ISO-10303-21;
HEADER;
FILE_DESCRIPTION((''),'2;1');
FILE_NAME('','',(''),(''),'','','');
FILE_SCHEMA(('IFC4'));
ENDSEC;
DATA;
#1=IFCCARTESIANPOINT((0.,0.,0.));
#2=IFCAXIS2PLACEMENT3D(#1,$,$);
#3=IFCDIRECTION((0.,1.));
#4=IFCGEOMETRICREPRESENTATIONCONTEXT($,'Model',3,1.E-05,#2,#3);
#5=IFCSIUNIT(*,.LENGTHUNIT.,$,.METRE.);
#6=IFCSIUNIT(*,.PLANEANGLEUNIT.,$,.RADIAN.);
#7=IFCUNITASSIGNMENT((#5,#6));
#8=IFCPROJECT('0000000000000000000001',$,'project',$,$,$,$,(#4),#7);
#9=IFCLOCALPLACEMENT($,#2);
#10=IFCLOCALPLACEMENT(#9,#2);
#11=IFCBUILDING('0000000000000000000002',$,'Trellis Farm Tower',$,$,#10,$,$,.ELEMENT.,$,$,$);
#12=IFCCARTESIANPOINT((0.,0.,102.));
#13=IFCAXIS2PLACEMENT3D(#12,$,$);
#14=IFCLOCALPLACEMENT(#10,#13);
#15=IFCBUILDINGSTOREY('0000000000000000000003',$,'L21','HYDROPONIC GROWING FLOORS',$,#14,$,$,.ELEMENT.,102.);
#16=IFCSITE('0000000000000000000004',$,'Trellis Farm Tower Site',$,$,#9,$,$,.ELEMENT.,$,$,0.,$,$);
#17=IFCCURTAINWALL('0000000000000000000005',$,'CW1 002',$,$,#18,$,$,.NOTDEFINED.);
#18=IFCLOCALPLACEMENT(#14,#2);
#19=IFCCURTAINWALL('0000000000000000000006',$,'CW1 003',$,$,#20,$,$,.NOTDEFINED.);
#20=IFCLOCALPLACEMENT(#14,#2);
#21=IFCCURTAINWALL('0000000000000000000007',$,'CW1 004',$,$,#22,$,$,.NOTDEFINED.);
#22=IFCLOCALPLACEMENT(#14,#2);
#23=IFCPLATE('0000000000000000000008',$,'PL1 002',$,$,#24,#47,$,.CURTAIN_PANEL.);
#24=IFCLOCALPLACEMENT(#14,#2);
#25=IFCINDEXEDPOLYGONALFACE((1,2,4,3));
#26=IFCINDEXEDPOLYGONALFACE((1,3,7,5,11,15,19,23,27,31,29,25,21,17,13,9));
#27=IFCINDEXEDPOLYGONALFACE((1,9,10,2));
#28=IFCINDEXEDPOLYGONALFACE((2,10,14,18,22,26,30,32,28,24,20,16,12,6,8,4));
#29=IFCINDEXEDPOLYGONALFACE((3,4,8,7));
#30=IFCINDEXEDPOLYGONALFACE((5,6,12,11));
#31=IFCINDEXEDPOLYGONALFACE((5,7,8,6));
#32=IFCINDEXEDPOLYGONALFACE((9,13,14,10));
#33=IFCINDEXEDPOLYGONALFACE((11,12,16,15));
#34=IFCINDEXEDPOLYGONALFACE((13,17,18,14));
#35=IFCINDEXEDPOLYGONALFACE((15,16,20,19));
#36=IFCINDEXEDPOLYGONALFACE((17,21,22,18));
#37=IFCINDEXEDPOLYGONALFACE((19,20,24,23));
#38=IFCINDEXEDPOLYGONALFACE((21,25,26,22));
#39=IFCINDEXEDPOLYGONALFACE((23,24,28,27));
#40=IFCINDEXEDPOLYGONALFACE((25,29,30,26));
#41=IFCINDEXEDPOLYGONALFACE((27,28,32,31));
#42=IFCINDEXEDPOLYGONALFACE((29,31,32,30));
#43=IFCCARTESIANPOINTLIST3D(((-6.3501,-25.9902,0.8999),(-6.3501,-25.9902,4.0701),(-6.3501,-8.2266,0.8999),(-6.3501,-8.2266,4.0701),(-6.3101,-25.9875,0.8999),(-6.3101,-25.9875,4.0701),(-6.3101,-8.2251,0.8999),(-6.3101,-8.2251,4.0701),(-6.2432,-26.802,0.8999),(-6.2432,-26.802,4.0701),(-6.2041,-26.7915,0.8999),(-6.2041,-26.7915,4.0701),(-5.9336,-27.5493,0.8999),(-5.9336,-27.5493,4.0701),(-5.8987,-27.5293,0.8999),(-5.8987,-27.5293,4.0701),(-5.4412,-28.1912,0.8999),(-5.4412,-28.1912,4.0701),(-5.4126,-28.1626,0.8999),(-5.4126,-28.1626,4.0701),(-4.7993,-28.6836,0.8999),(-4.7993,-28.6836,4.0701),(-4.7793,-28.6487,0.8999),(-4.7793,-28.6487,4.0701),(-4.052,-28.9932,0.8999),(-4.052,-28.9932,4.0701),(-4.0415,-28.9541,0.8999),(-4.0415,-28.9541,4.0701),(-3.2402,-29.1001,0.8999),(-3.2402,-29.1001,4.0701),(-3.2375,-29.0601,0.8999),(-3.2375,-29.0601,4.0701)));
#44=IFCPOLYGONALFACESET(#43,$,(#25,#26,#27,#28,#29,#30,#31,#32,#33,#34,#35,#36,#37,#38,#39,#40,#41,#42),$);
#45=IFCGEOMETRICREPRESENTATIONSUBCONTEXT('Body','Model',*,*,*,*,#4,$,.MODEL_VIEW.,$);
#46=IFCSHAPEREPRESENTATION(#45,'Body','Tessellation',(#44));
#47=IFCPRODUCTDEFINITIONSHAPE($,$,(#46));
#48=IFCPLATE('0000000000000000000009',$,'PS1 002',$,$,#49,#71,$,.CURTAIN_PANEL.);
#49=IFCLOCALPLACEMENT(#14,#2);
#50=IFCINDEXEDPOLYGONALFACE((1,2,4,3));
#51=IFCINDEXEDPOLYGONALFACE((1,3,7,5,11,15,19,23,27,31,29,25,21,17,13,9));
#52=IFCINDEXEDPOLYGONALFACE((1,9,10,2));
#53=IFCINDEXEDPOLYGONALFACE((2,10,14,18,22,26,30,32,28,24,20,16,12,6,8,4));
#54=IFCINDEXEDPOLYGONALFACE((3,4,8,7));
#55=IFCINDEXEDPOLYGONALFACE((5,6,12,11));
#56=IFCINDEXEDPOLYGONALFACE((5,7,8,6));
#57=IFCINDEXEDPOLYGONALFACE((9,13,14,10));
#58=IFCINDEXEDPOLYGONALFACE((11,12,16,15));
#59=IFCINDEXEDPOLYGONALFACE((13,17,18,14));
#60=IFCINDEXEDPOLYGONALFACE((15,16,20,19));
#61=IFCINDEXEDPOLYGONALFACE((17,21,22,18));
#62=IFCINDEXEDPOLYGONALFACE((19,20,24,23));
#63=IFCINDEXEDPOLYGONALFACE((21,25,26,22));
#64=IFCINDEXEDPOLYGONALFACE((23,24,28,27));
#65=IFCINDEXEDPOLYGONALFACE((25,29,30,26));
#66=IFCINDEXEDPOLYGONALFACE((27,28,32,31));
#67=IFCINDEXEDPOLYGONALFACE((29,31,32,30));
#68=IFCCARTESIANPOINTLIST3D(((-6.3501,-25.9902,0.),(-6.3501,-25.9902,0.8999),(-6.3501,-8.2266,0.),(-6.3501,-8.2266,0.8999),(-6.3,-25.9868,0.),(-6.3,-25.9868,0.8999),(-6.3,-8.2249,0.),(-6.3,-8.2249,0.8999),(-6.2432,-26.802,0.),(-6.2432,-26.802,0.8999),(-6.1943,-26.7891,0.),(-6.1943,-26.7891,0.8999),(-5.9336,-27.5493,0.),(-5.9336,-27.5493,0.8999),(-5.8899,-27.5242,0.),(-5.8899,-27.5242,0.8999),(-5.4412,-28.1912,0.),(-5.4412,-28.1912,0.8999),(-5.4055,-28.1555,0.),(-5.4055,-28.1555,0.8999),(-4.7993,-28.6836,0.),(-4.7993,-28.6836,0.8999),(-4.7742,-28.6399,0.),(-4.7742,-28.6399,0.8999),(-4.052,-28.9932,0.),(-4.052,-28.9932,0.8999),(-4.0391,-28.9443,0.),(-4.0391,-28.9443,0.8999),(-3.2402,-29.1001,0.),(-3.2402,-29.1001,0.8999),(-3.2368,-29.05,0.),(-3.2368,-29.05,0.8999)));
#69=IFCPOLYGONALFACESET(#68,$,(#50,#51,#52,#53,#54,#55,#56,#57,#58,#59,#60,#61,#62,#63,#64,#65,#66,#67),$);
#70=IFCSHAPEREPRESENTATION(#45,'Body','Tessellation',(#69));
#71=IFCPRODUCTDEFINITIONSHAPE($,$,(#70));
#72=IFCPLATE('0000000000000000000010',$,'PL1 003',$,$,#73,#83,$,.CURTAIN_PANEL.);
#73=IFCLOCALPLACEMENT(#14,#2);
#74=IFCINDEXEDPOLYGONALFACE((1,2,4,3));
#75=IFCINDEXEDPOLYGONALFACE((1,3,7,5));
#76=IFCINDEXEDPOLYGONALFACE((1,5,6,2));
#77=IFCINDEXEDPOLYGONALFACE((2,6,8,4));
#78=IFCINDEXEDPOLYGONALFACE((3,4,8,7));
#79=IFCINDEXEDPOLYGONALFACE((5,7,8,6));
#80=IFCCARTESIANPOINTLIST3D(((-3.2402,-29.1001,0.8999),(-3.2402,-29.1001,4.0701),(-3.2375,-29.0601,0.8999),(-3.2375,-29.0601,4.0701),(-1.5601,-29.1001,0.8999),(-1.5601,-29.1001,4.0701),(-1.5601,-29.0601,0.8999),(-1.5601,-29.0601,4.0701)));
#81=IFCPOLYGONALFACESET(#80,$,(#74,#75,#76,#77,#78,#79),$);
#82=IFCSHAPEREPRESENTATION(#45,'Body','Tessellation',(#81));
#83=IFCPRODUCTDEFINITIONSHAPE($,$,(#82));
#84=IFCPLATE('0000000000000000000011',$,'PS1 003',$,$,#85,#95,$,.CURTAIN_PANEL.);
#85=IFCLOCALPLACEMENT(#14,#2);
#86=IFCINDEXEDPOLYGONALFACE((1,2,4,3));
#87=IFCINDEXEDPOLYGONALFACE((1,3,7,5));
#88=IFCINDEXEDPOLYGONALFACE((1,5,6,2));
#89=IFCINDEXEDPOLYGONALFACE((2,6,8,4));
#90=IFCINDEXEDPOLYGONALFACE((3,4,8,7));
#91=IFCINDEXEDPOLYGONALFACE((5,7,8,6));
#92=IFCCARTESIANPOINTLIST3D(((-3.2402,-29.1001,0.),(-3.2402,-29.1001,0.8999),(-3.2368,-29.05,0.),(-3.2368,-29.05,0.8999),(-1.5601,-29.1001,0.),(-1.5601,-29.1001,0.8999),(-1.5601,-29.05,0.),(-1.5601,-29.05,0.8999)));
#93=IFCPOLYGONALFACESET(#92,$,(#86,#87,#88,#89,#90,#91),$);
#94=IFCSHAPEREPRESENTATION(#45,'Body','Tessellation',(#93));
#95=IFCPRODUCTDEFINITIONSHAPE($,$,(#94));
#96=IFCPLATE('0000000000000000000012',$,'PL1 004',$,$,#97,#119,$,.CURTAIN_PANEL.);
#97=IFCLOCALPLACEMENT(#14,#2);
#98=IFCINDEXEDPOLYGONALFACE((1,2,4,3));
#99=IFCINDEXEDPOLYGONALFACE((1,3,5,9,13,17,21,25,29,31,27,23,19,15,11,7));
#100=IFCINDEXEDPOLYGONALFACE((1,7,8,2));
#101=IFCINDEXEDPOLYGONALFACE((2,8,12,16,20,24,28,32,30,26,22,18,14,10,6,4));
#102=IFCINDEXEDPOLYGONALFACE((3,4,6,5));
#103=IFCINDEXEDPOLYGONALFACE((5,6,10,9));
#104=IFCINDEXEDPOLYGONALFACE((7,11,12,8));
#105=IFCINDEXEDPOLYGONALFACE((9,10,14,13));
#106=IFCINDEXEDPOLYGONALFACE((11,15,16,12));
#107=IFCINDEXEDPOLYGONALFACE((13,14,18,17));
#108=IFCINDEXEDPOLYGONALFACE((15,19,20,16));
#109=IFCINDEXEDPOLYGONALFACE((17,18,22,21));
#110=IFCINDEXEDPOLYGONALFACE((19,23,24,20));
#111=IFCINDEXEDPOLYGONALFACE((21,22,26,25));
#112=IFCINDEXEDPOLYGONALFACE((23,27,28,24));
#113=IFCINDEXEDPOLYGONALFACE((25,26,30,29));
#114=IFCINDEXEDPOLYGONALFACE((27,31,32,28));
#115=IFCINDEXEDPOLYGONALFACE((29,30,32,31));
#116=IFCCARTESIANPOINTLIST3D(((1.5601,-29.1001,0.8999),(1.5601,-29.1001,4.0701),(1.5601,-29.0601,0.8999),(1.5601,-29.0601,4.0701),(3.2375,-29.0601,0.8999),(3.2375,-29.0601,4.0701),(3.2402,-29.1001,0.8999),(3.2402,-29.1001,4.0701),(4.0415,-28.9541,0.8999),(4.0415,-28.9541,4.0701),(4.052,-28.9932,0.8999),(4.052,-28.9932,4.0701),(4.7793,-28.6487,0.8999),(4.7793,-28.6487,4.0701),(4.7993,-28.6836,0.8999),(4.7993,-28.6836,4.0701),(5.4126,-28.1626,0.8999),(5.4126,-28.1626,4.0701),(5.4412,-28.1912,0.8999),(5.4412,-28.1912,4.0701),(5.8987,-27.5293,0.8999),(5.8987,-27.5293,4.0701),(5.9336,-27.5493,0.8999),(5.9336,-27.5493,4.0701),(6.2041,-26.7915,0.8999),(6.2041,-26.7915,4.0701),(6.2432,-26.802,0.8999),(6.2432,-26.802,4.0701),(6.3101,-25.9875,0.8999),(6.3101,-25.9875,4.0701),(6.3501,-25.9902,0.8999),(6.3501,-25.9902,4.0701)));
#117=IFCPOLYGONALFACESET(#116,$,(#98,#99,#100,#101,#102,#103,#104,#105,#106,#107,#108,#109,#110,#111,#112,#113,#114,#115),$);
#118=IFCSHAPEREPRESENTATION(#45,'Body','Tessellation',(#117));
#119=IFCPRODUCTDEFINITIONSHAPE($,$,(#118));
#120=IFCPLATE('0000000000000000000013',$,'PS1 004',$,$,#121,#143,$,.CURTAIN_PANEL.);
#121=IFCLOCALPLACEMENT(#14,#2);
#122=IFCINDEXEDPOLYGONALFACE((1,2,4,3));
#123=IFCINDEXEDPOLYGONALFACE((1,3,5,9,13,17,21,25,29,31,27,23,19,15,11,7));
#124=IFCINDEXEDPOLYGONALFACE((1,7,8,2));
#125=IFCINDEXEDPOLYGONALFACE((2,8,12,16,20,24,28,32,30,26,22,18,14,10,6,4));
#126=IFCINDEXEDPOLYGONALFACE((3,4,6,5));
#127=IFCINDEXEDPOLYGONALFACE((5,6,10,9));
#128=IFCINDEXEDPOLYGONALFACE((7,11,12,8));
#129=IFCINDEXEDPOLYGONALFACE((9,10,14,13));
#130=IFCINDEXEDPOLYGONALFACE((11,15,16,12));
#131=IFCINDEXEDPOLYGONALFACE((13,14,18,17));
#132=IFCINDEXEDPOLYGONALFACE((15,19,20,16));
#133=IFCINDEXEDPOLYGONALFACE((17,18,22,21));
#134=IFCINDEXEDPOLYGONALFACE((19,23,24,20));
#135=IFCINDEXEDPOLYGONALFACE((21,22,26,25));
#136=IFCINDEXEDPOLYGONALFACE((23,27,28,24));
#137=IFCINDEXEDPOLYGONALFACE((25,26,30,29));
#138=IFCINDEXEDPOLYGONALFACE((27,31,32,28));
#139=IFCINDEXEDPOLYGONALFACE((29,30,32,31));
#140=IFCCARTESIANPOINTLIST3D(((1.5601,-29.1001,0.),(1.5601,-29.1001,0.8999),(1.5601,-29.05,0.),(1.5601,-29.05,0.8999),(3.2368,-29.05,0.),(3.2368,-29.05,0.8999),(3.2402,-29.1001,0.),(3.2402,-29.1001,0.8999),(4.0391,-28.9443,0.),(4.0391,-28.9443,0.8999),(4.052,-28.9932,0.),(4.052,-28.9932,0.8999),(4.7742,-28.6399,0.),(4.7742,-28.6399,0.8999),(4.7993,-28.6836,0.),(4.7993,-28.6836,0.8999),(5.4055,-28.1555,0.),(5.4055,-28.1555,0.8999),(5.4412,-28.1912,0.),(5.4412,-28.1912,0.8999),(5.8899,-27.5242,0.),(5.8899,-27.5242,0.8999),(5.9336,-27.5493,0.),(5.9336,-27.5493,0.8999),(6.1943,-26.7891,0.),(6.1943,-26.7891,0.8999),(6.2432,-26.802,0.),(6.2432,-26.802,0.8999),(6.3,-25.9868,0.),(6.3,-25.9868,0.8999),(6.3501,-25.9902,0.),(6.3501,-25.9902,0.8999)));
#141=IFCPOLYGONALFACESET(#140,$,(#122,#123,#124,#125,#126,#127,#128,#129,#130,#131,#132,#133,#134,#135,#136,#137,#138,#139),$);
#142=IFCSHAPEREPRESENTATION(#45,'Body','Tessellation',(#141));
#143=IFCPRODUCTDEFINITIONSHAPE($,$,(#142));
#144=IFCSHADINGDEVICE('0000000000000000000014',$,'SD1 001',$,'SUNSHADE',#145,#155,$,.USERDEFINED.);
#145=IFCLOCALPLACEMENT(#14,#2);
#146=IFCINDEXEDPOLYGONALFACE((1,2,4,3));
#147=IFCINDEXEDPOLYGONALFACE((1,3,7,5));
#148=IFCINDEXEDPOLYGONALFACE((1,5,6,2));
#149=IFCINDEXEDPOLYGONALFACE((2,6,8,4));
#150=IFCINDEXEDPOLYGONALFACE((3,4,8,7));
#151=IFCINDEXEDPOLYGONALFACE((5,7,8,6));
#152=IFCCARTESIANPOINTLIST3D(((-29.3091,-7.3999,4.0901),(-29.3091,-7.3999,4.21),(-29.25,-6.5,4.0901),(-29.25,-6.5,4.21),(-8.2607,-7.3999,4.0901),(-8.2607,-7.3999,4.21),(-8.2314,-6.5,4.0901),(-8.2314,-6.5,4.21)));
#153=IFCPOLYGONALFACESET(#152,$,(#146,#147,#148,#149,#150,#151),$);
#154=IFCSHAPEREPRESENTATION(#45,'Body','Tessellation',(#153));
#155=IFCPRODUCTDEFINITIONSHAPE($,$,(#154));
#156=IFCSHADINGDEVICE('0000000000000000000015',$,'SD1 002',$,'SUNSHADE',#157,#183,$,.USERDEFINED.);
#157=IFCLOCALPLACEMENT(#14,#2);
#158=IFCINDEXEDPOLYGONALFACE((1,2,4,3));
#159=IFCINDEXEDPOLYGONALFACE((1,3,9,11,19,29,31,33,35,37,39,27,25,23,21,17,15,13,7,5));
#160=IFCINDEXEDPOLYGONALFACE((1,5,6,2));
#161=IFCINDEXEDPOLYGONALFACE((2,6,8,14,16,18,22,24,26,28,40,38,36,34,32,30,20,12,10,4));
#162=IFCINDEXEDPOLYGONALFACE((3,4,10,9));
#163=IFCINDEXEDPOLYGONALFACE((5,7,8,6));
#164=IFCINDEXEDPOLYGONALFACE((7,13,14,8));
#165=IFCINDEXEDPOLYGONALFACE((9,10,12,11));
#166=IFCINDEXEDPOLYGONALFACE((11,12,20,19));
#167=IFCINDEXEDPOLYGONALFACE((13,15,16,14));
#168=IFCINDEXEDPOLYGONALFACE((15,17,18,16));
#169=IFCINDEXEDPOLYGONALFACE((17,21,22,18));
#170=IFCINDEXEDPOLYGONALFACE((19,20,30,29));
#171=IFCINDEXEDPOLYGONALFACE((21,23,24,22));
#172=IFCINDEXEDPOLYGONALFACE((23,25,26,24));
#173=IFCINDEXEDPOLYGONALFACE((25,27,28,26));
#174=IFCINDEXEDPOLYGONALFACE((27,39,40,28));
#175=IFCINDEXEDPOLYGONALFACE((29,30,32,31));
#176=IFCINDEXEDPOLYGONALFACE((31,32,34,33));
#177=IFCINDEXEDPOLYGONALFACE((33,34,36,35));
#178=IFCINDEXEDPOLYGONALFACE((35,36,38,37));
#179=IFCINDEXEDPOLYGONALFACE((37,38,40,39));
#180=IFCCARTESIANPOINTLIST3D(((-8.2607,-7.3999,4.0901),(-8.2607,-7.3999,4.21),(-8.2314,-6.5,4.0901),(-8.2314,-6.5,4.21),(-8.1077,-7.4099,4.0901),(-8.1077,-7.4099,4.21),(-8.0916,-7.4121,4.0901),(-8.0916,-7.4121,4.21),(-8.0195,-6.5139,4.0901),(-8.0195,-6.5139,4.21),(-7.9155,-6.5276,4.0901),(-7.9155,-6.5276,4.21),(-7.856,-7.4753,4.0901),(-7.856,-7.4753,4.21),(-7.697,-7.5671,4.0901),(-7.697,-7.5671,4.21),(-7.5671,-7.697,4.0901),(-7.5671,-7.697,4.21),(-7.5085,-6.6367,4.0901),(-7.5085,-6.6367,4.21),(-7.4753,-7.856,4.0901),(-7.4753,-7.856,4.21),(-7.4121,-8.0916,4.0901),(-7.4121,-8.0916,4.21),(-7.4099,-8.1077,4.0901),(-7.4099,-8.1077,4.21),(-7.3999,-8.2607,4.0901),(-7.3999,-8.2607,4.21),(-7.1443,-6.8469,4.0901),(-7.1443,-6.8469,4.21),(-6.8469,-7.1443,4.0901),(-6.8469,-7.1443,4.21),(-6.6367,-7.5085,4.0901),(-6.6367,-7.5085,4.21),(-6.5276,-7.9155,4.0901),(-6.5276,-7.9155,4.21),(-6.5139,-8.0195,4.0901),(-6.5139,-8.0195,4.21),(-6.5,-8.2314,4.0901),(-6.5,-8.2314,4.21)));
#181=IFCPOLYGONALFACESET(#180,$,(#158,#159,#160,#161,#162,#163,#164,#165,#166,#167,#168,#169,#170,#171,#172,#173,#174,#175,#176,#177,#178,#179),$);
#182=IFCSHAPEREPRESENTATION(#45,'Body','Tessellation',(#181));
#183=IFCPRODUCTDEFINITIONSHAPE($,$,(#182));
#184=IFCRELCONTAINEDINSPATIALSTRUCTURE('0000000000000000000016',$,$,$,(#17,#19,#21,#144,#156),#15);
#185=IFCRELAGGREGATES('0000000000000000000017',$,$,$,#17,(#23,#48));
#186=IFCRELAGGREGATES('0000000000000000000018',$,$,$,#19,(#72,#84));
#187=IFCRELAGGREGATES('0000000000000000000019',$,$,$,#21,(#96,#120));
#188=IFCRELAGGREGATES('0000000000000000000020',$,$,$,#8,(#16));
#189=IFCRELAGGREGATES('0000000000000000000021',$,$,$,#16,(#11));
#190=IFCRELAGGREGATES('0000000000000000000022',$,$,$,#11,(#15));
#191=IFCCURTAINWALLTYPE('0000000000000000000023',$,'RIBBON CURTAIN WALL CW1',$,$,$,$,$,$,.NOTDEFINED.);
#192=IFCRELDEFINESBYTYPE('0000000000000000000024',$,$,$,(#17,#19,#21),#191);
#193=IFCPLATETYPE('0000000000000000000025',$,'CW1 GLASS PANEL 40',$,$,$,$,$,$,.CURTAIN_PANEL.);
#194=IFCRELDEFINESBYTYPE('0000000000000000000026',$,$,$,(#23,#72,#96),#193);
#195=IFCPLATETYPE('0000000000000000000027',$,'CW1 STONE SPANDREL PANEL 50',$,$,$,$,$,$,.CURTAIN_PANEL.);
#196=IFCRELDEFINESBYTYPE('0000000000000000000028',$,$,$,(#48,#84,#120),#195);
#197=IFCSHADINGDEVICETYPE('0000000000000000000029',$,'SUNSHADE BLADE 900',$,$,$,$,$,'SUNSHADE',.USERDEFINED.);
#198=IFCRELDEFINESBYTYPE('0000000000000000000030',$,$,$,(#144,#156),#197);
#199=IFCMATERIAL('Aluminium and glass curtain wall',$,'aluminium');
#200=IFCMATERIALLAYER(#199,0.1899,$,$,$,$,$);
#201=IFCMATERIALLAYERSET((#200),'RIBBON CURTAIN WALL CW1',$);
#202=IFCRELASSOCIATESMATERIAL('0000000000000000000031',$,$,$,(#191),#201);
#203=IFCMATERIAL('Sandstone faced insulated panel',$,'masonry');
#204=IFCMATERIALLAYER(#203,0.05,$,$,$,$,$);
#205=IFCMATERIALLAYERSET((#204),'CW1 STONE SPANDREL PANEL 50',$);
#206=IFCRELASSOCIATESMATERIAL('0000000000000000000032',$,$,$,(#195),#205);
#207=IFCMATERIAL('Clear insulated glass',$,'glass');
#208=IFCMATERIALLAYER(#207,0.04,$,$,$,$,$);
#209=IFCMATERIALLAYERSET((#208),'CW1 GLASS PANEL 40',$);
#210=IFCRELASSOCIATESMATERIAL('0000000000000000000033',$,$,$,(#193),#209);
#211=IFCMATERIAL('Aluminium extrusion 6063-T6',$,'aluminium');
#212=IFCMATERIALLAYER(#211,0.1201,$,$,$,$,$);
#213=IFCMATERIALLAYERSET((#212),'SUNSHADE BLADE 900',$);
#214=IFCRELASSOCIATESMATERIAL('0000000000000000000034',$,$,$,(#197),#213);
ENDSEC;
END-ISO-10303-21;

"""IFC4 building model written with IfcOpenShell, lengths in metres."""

from ifc_helpers import new_model, si_unit, direction, frame, origin, place, context, subcontext, project, spatial, polyline, outline, extrude, source, transform, mapped, material, layer, layer_set, type_object, element, aggregate, save


model = new_model("IFC4")

# Units and contexts
model_context = context("Model", 3, precision=1e-05, world=origin(), true_north=direction((0.0, 1.0)))
body_context = subcontext(model_context, "Body", "Model", "MODEL_VIEW")
ifc_project = project(units=[si_unit("LENGTHUNIT", "METRE"), si_unit("PLANEANGLEUNIT", "RADIAN")], contexts=[model_context])

# Site, building, storey
site_placement = place(None, origin())
site = spatial("IfcSite", under=ifc_project, at=site_placement, Name="Trellis Farm Tower Site", CompositionType="ELEMENT", RefElevation=0.0)
building_placement = place(site_placement, origin())
building = spatial("IfcBuilding", under=site, at=building_placement, Name="Trellis Farm Tower", CompositionType="ELEMENT")
storey_placement = place(building_placement, frame((0.0, 0.0, 102.0)))
storey = spatial("IfcBuildingStorey", under=building, at=storey_placement, Name="L21", Description="HYDROPONIC GROWING FLOORS", CompositionType="ELEMENT", Elevation=102.0)

# Curtain walls
ifc_material_1 = material(Name="Aluminium and glass curtain wall", Category="aluminium")
ifc_layer_1 = layer(ifc_material_1, 0.1899)
ifc_layer_set_1 = layer_set([ifc_layer_1], Name="RIBBON CURTAIN WALL CW1")
curtain_wall_type_1 = type_object("IfcCurtainWallType", Name="RIBBON CURTAIN WALL CW1", PredefinedType="NOTDEFINED", material=ifc_layer_set_1)
placement_1 = place(storey_placement, origin())
ifc_material_2 = material(Name="Aluminium extrusion 6063-T6", Category="aluminium")
curtain_wall_1 = element("IfcCurtainWall", 1, at=placement_1, inside=storey, type_object=curtain_wall_type_1, Name="CW1 002", PredefinedType="NOTDEFINED")
curtain_wall_2 = element("IfcCurtainWall", 2, at=placement_1, inside=storey, type_object=curtain_wall_type_1, Name="CW1 003", PredefinedType="NOTDEFINED")
curtain_wall_3 = element("IfcCurtainWall", 3, at=placement_1, inside=storey, type_object=curtain_wall_type_1, Name="CW1 004", PredefinedType="NOTDEFINED")

# Shared definitions
ifc_material_3 = material(Name="Sandstone faced insulated panel", Category="masonry")
ifc_layer_2 = layer(ifc_material_3, 0.05)
ifc_layer_set_2 = layer_set([ifc_layer_2], Name="CW1 STONE SPANDREL PANEL 50")
plate_type_1 = type_object("IfcPlateType", Name="CW1 STONE SPANDREL PANEL 50", PredefinedType="CURTAIN_PANEL", material=ifc_layer_set_2)
ifc_material_4 = material(Name="Clear insulated glass", Category="glass")

# Shared definitions
ifc_layer_3 = layer(ifc_material_4, 0.04)
ifc_layer_set_3 = layer_set([ifc_layer_3], Name="CW1 GLASS PANEL 40")
plate_type_2 = type_object("IfcPlateType", Name="CW1 GLASS PANEL 40", PredefinedType="CURTAIN_PANEL", material=ifc_layer_set_3)
placement_2 = place(storey_placement, frame((0.0, 0.0, 0.8999)))

# Plates
shared_shape_1 = source(origin(), body_context, "Body", "SweptSolid", [
    extrude(outline(polyline([(-6.3501, -8.2266), (-6.3501, -25.9902), (-6.2432, -26.802), (-5.9336, -27.5493), (-5.4412, -28.1912), (-4.7993, -28.6836), (-4.052, -28.9932), (-3.2402, -29.1001), (-3.2375, -29.0601), (-4.0415, -28.9541), (-4.7793, -28.6487), (-5.4126, -28.1626), (-5.8987, -27.5293), (-6.2041, -26.7915), (-6.3101, -25.9875), (-6.3101, -8.2251), (-6.3501, -8.2266)])), origin(), (0.0, 0.0, 1.0), 3.1702),
])
plate_1 = element("IfcPlate", 4, at=placement_2, type_object=plate_type_2, Name="PL1 002", PredefinedType="CURTAIN_PANEL", context=body_context, shape_type="MappedRepresentation", body=[
    mapped(shared_shape_1, transform((0.0, 0.0, 0.0))),
])
shared_shape_2 = source(origin(), body_context, "Body", "SweptSolid", [
    extrude(outline(polyline([(-6.3501, -8.2266), (-6.3501, -25.9902), (-6.2432, -26.802), (-5.9336, -27.5493), (-5.4412, -28.1912), (-4.7993, -28.6836), (-4.052, -28.9932), (-3.2402, -29.1001), (-3.2368, -29.05), (-4.0391, -28.9443), (-4.7742, -28.6399), (-5.4055, -28.1555), (-5.8899, -27.5242), (-6.1943, -26.7891), (-6.3, -25.9868), (-6.3, -8.2249), (-6.3501, -8.2266)])), origin(), (0.0, 0.0, 1.0), 0.8999),
])
plate_2 = element("IfcPlate", 5, at=placement_1, type_object=plate_type_1, Name="PS1 002", PredefinedType="CURTAIN_PANEL", context=body_context, shape_type="MappedRepresentation", body=[
    mapped(shared_shape_2, transform((0.0, 0.0, 0.0))),
])
aggregate(curtain_wall_1, [plate_1, plate_2])
shared_shape_3 = source(origin(), body_context, "Body", "SweptSolid", [
    extrude(outline(polyline([(-3.2402, -29.1001), (-1.5601, -29.1001), (-1.5601, -29.0601), (-3.2375, -29.0601), (-3.2402, -29.1001)])), origin(), (0.0, 0.0, 1.0), 3.1702),
])
plate_3 = element("IfcPlate", 6, at=placement_2, type_object=plate_type_2, Name="PL1 003", PredefinedType="CURTAIN_PANEL", context=body_context, shape_type="MappedRepresentation", body=[
    mapped(shared_shape_3, transform((0.0, 0.0, 0.0))),
])
shared_shape_4 = source(origin(), body_context, "Body", "SweptSolid", [
    extrude(outline(polyline([(-3.2402, -29.1001), (-1.5601, -29.1001), (-1.5601, -29.05), (-3.2368, -29.05), (-3.2402, -29.1001)])), origin(), (0.0, 0.0, 1.0), 0.8999),
])
plate_4 = element("IfcPlate", 7, at=placement_1, type_object=plate_type_1, Name="PS1 003", PredefinedType="CURTAIN_PANEL", context=body_context, shape_type="MappedRepresentation", body=[
    mapped(shared_shape_4, transform((0.0, 0.0, 0.0))),
])
aggregate(curtain_wall_2, [plate_3, plate_4])
shared_shape_5 = source(origin(), body_context, "Body", "SweptSolid", [
    extrude(outline(polyline([(1.5601, -29.1001), (3.2402, -29.1001), (4.052, -28.9932), (4.7993, -28.6836), (5.4412, -28.1912), (5.9336, -27.5493), (6.2432, -26.802), (6.3501, -25.9902), (6.3101, -25.9875), (6.2041, -26.7915), (5.8987, -27.5293), (5.4126, -28.1626), (4.7793, -28.6487), (4.0415, -28.9541), (3.2375, -29.0601), (1.5601, -29.0601), (1.5601, -29.1001)])), origin(), (0.0, 0.0, 1.0), 3.1702),
])
plate_5 = element("IfcPlate", 8, at=placement_2, type_object=plate_type_2, Name="PL1 004", PredefinedType="CURTAIN_PANEL", context=body_context, shape_type="MappedRepresentation", body=[
    mapped(shared_shape_5, transform((0.0, 0.0, 0.0))),
])
shared_shape_6 = source(origin(), body_context, "Body", "SweptSolid", [
    extrude(outline(polyline([(1.5601, -29.1001), (3.2402, -29.1001), (4.052, -28.9932), (4.7993, -28.6836), (5.4412, -28.1912), (5.9336, -27.5493), (6.2432, -26.802), (6.3501, -25.9902), (6.3, -25.9868), (6.1943, -26.7891), (5.8899, -27.5242), (5.4055, -28.1555), (4.7742, -28.6399), (4.0391, -28.9443), (3.2368, -29.05), (1.5601, -29.05), (1.5601, -29.1001)])), origin(), (0.0, 0.0, 1.0), 0.8999),
])
plate_6 = element("IfcPlate", 9, at=placement_1, type_object=plate_type_1, Name="PS1 004", PredefinedType="CURTAIN_PANEL", context=body_context, shape_type="MappedRepresentation", body=[
    mapped(shared_shape_6, transform((0.0, 0.0, 0.0))),
])
aggregate(curtain_wall_3, [plate_5, plate_6])

# Shading devices
ifc_layer_4 = layer(ifc_material_2, 0.1201)
ifc_layer_set_4 = layer_set([ifc_layer_4], Name="SUNSHADE BLADE 900")
shading_device_type_1 = type_object("IfcShadingDeviceType", Name="SUNSHADE BLADE 900", ElementType="SUNSHADE", PredefinedType="USERDEFINED", material=ifc_layer_set_4)
shared_shape_7 = source(origin(), body_context, "Body", "SweptSolid", [
    extrude(outline(polyline([(-29.3091, -7.3999), (-8.2607, -7.3999), (-8.2314, -6.5), (-29.25, -6.5), (-29.3091, -7.3999)])), origin(), (0.0, 0.0, 1.0), 0.1199),
])
placement_3 = place(storey_placement, frame((0.0, 0.0, 4.0901)))
element("IfcShadingDevice", 10, at=placement_3, inside=storey, type_object=shading_device_type_1, Name="SD1 001", ObjectType="SUNSHADE", PredefinedType="USERDEFINED", context=body_context, shape_type="MappedRepresentation", body=[
    mapped(shared_shape_7, transform((0.0, 0.0, 0.0))),
])
shared_shape_8 = source(origin(), body_context, "Body", "SweptSolid", [
    extrude(outline(polyline([(-8.2607, -7.3999), (-8.1077, -7.4099), (-8.0916, -7.4121), (-7.856, -7.4753), (-7.697, -7.5671), (-7.5671, -7.697), (-7.4753, -7.856), (-7.4121, -8.0916), (-7.4099, -8.1077), (-7.3999, -8.2607), (-6.5, -8.2314), (-6.5139, -8.0195), (-6.5276, -7.9155), (-6.6367, -7.5085), (-6.8469, -7.1443), (-7.1443, -6.8469), (-7.5085, -6.6367), (-7.9155, -6.5276), (-8.0195, -6.5139), (-8.2314, -6.5), (-8.2607, -7.3999)])), origin(), (0.0, 0.0, 1.0), 0.1199),
])
element("IfcShadingDevice", 11, at=placement_3, inside=storey, type_object=shading_device_type_1, Name="SD1 002", ObjectType="SUNSHADE", PredefinedType="USERDEFINED", context=body_context, shape_type="MappedRepresentation", body=[
    mapped(shared_shape_8, transform((0.0, 0.0, 0.0))),
])

save(model, "model.ifc")
